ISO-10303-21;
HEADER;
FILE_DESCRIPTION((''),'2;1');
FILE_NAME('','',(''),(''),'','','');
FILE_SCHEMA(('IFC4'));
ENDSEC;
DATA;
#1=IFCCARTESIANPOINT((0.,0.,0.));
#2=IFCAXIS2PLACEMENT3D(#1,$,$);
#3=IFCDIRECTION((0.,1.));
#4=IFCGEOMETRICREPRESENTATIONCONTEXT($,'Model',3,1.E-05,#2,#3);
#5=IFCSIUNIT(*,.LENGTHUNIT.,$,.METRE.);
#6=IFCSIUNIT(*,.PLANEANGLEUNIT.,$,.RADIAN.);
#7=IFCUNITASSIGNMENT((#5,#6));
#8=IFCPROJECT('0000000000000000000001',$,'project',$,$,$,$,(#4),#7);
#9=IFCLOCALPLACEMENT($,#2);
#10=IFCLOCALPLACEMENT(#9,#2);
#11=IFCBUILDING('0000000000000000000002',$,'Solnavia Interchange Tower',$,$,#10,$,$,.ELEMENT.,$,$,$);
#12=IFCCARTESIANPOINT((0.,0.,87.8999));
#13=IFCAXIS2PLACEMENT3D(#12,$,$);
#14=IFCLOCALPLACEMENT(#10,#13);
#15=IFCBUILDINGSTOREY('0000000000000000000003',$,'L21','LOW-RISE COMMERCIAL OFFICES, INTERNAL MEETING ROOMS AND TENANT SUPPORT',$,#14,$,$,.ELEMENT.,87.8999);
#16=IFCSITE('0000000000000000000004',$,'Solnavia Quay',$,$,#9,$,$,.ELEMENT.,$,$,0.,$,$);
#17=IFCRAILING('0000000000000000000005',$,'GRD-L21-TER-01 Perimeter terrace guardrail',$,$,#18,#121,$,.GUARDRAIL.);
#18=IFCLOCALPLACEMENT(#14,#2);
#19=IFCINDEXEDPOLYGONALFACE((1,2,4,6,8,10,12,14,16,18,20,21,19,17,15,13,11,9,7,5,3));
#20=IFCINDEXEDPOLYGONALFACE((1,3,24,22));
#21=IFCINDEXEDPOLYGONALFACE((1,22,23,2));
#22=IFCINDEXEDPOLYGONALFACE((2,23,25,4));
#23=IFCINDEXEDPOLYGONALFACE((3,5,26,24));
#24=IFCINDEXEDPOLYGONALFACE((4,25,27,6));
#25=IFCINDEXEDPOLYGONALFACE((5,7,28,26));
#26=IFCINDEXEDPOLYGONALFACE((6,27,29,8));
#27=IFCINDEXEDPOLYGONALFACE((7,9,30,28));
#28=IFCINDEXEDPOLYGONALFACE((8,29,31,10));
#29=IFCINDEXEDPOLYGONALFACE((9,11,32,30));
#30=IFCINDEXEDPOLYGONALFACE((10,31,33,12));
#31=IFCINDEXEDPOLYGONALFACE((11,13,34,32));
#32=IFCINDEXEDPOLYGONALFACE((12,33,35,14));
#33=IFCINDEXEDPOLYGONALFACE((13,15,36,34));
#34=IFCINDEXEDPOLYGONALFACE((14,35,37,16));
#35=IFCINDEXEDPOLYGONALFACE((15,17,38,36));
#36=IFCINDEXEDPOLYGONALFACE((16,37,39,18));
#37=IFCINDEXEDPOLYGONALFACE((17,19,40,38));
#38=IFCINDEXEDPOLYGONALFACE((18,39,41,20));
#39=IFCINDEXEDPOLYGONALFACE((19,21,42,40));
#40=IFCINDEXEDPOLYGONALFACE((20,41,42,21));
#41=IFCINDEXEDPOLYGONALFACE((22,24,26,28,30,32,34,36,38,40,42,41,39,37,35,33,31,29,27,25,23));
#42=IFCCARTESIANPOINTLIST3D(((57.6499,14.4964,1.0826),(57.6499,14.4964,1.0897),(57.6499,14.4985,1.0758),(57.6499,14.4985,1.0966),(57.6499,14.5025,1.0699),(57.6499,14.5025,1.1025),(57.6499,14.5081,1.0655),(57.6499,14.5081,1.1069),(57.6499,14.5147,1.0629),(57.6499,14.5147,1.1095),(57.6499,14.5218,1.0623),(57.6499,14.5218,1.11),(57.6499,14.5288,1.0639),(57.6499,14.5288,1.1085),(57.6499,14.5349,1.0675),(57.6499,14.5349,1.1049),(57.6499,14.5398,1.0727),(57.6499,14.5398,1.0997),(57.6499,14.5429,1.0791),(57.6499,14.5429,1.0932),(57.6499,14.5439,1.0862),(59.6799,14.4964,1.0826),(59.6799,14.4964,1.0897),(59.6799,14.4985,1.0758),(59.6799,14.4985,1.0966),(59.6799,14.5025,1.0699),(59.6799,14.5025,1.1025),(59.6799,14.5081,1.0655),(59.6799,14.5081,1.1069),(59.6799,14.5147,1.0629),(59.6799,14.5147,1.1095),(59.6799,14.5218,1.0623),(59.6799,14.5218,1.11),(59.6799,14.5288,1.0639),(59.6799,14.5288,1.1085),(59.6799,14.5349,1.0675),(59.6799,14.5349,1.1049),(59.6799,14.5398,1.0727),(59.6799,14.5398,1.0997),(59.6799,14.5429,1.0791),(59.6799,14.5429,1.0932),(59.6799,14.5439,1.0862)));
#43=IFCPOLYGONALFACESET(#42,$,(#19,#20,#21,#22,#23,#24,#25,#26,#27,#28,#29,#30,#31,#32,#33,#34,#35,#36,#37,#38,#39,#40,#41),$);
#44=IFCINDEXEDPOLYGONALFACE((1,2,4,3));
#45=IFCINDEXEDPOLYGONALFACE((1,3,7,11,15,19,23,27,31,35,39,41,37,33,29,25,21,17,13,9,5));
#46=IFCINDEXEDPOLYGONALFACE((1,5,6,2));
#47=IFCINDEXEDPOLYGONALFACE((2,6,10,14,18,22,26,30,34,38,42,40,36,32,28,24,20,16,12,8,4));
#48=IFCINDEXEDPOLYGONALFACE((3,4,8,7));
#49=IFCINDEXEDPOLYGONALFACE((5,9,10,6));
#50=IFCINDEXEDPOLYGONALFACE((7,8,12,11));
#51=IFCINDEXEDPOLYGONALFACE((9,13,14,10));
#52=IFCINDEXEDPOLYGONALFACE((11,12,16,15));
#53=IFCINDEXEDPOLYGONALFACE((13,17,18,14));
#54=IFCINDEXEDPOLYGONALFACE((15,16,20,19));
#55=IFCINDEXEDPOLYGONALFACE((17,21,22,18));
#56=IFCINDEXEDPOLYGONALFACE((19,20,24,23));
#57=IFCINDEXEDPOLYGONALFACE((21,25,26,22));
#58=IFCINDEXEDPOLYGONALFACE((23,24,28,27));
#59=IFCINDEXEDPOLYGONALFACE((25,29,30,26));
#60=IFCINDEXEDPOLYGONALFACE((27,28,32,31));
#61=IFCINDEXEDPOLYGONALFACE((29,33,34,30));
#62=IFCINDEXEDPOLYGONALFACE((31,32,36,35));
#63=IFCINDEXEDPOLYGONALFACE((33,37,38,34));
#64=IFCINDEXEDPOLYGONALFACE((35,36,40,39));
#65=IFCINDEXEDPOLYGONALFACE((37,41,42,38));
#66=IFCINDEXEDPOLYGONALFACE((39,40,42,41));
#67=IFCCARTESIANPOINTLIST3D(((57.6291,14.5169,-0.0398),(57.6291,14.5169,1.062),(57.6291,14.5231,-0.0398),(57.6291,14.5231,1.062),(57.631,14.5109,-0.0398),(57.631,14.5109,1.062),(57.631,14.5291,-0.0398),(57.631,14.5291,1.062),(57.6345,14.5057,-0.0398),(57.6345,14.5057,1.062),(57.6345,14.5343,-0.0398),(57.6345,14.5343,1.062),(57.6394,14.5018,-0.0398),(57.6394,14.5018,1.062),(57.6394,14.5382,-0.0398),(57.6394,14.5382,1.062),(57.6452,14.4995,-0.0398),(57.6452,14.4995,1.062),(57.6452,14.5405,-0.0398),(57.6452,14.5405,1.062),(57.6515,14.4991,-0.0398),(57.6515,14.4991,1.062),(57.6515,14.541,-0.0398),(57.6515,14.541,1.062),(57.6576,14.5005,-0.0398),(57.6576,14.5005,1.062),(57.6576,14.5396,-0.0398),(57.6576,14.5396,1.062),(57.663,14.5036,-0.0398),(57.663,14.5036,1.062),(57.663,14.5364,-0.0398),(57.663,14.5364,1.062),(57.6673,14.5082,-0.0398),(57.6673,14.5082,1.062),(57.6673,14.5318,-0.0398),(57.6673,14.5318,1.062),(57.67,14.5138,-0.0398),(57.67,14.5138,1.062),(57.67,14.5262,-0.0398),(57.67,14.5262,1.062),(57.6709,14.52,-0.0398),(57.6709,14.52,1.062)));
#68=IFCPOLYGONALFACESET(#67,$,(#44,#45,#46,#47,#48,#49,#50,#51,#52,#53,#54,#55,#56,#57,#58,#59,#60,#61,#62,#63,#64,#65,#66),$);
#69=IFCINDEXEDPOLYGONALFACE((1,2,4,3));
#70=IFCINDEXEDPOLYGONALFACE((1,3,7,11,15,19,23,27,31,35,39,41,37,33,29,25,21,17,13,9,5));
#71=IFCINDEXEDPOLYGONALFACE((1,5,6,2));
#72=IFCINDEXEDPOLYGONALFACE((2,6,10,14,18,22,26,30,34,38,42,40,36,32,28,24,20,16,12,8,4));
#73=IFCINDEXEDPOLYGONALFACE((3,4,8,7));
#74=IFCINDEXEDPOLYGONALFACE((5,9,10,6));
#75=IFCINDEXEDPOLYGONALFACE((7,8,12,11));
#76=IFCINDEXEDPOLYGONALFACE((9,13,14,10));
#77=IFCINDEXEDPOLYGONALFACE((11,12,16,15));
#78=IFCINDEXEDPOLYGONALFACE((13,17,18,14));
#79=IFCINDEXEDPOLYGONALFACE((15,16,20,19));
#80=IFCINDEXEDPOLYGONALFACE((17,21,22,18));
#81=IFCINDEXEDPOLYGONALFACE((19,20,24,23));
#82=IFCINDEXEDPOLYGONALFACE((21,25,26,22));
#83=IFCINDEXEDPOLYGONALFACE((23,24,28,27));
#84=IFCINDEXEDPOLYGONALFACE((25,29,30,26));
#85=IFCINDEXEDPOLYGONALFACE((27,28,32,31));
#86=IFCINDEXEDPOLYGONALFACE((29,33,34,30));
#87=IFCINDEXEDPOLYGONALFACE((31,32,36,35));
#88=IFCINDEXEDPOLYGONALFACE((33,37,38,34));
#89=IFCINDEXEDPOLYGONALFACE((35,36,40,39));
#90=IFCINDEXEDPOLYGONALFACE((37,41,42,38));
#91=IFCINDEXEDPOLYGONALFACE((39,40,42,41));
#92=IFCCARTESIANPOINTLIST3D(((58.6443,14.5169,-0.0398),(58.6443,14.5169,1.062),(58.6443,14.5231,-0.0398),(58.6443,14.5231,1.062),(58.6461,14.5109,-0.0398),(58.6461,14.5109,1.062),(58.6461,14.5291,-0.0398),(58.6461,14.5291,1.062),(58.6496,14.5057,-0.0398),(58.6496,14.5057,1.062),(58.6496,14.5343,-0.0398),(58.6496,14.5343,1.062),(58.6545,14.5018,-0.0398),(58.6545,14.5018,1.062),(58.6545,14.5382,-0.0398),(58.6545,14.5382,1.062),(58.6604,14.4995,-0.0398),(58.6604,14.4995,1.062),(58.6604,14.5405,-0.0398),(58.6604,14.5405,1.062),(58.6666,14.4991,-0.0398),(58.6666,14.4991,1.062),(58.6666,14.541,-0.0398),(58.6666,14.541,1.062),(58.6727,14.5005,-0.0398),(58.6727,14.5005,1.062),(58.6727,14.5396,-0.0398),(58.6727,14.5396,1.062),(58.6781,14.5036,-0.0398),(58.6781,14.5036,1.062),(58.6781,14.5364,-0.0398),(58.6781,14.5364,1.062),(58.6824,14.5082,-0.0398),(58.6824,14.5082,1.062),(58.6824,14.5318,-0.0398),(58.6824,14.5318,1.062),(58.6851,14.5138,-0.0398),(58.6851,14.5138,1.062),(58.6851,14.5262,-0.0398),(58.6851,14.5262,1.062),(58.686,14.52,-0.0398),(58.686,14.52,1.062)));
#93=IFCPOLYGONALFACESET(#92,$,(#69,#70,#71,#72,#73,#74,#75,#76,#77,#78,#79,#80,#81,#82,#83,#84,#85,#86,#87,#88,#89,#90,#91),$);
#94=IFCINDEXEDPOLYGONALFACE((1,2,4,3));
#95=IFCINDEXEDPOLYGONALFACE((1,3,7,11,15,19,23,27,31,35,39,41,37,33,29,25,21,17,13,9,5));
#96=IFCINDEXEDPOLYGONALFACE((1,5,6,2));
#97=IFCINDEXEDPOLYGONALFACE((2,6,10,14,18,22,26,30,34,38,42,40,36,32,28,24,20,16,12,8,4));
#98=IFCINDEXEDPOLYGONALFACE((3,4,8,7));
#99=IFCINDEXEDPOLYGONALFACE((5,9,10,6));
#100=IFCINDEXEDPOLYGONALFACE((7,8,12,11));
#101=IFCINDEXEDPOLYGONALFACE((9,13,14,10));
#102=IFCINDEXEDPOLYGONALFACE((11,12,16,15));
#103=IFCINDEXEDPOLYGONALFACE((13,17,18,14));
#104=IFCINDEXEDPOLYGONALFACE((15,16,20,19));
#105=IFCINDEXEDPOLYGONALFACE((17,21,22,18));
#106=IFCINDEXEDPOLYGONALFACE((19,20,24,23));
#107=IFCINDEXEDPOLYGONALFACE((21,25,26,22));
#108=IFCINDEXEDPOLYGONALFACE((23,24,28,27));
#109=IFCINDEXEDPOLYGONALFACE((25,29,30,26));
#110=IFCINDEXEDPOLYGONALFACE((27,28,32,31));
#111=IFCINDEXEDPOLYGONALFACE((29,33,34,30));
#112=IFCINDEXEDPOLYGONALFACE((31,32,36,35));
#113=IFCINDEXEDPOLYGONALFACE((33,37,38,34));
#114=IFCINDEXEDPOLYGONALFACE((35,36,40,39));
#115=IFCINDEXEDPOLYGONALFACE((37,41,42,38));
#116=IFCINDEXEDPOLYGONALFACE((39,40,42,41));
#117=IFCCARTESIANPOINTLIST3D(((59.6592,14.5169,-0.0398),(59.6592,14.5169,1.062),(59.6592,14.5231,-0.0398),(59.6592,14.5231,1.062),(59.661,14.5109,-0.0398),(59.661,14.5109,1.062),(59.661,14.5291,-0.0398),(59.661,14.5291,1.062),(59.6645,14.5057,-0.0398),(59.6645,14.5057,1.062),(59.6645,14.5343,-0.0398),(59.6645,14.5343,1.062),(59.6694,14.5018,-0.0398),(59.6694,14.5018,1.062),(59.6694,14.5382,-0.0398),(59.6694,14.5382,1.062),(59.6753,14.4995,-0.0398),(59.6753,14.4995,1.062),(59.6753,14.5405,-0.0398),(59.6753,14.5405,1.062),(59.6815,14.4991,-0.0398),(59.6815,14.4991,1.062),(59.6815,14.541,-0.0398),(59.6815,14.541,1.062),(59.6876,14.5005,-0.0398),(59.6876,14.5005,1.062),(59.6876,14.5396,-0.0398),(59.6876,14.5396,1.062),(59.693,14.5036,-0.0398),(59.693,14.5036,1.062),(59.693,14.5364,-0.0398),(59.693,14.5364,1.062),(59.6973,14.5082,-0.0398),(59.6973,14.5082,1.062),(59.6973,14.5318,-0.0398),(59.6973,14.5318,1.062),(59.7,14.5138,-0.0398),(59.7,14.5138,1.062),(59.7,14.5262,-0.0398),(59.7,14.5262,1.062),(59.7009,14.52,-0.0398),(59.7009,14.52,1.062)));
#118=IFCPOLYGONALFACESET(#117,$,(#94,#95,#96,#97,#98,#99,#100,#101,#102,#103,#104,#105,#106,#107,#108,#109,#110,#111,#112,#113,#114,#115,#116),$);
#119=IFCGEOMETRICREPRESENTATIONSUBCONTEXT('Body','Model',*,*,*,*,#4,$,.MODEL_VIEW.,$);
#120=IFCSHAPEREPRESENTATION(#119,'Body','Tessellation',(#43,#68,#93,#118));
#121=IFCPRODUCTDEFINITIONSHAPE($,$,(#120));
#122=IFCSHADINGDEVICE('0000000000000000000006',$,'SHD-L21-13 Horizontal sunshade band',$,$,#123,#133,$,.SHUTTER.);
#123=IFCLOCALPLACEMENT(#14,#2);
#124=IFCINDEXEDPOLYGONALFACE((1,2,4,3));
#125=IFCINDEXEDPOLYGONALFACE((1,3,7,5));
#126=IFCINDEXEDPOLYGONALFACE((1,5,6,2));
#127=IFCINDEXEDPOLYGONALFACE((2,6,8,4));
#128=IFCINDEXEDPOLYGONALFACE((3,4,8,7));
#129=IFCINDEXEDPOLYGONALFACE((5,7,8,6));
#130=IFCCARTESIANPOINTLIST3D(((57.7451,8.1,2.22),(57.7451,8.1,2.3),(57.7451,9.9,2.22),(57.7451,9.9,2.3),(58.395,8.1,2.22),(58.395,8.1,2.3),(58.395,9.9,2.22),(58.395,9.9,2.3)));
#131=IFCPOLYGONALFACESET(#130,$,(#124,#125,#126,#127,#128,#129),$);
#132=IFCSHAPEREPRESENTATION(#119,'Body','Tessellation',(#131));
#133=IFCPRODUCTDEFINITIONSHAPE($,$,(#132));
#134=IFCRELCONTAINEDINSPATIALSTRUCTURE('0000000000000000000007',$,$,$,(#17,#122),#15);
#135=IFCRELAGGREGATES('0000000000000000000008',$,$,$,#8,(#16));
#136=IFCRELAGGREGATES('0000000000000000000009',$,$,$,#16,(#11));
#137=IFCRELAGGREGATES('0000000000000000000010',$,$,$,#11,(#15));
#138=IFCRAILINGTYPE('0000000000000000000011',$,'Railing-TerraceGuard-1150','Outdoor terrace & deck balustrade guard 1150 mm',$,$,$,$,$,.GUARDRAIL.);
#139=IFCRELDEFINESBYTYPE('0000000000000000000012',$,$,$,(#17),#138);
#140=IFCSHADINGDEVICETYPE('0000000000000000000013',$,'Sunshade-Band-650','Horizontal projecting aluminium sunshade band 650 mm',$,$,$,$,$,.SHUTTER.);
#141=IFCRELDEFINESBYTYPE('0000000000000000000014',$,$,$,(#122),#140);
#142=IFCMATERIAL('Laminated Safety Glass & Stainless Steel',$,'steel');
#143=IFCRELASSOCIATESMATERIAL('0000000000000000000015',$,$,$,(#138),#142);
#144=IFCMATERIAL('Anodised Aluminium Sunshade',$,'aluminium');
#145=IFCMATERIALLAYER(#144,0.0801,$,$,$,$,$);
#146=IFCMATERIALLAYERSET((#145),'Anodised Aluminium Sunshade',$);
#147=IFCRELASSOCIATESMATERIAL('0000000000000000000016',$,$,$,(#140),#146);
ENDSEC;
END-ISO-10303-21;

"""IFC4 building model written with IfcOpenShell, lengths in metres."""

from ifc_helpers import new_model, si_unit, direction, frame, origin, origin_2d, place, context, subcontext, project, spatial, rectangle, circle, extrude, material, layer, layer_set, type_object, element, save


model = new_model("IFC4")

# Units and contexts
model_context = context("Model", 3, precision=1e-05, world=origin(), true_north=direction((0.0, 1.0)))
body_context = subcontext(model_context, "Body", "Model", "MODEL_VIEW")
ifc_project = project(units=[si_unit("LENGTHUNIT", "METRE"), si_unit("PLANEANGLEUNIT", "RADIAN")], contexts=[model_context])

# Site, building, storey
site_placement = place(None, origin())
site = spatial("IfcSite", under=ifc_project, at=site_placement, Name="Solnavia Quay", CompositionType="ELEMENT", RefElevation=0.0)
building_placement = place(site_placement, origin())
building = spatial("IfcBuilding", under=site, at=building_placement, Name="Solnavia Interchange Tower", CompositionType="ELEMENT")
storey_placement = place(building_placement, frame((0.0, 0.0, 87.8999)))
storey = spatial("IfcBuildingStorey", under=building, at=storey_placement, Name="L21", Description="LOW-RISE COMMERCIAL OFFICES, INTERNAL MEETING ROOMS AND TENANT SUPPORT", CompositionType="ELEMENT", Elevation=87.8999)

# Railing
ifc_material_1 = material(Name="Laminated Safety Glass & Stainless Steel", Category="steel")
railing_type = type_object("IfcRailingType", Name="Railing-TerraceGuard-1150", Description="Outdoor terrace & deck balustrade guard 1150 mm", PredefinedType="GUARDRAIL", material=ifc_material_1)
railing_1_placement = place(storey_placement, frame((57.6499, 14.52, -0.0398)))
element("IfcRailing", 1, at=railing_1_placement, inside=storey, type_object=railing_type, Name="GRD-L21-TER-01 Perimeter terrace guardrail", PredefinedType="GUARDRAIL", context=body_context, shape_type="SweptSolid", body=[
    extrude(circle(Radius=0.0239, at=origin_2d()), frame((0.0, 0.0, 1.126), z_axis=(1.0, 0.0, 0.0), x_axis=(0.0, 1.0, 0.0)), (0.0, 0.0, 1.0), 2.03),
    extrude(circle(Radius=0.021, at=origin_2d()), origin(), (0.0, 0.0, 1.0), 1.1018),
    extrude(circle(Radius=0.021, at=origin_2d()), frame((1.0151, 0.0, 0.0)), (0.0, 0.0, 1.0), 1.1018),
    extrude(circle(Radius=0.021, at=origin_2d()), frame((2.03, 0.0, 0.0)), (0.0, 0.0, 1.0), 1.1018),
])

# Shading device
ifc_material_2 = material(Name="Anodised Aluminium Sunshade", Category="aluminium")
ifc_layer_1 = layer(ifc_material_2, 0.0801)
ifc_layer_set_1 = layer_set([ifc_layer_1], Name="Anodised Aluminium Sunshade")
shading_device_type = type_object("IfcShadingDeviceType", Name="Sunshade-Band-650", Description="Horizontal projecting aluminium sunshade band 650 mm", PredefinedType="SHUTTER", material=ifc_layer_set_1)
shading_device_placement = place(storey_placement, frame((58.0701, 9.0, 2.22), z_axis=(0.0, 0.0, 1.0), x_axis=(0.0, -1.0, 0.0)))
element("IfcShadingDevice", 2, at=shading_device_placement, inside=storey, type_object=shading_device_type, Name="SHD-L21-13 Horizontal sunshade band", PredefinedType="SHUTTER", context=body_context, shape_type="SweptSolid", body=[
    extrude(rectangle(XDim=1.8, YDim=0.6499, at=origin_2d()), origin(), (0.0, 0.0, 1.0), 0.0801),
])

save(model, "model.ifc")
